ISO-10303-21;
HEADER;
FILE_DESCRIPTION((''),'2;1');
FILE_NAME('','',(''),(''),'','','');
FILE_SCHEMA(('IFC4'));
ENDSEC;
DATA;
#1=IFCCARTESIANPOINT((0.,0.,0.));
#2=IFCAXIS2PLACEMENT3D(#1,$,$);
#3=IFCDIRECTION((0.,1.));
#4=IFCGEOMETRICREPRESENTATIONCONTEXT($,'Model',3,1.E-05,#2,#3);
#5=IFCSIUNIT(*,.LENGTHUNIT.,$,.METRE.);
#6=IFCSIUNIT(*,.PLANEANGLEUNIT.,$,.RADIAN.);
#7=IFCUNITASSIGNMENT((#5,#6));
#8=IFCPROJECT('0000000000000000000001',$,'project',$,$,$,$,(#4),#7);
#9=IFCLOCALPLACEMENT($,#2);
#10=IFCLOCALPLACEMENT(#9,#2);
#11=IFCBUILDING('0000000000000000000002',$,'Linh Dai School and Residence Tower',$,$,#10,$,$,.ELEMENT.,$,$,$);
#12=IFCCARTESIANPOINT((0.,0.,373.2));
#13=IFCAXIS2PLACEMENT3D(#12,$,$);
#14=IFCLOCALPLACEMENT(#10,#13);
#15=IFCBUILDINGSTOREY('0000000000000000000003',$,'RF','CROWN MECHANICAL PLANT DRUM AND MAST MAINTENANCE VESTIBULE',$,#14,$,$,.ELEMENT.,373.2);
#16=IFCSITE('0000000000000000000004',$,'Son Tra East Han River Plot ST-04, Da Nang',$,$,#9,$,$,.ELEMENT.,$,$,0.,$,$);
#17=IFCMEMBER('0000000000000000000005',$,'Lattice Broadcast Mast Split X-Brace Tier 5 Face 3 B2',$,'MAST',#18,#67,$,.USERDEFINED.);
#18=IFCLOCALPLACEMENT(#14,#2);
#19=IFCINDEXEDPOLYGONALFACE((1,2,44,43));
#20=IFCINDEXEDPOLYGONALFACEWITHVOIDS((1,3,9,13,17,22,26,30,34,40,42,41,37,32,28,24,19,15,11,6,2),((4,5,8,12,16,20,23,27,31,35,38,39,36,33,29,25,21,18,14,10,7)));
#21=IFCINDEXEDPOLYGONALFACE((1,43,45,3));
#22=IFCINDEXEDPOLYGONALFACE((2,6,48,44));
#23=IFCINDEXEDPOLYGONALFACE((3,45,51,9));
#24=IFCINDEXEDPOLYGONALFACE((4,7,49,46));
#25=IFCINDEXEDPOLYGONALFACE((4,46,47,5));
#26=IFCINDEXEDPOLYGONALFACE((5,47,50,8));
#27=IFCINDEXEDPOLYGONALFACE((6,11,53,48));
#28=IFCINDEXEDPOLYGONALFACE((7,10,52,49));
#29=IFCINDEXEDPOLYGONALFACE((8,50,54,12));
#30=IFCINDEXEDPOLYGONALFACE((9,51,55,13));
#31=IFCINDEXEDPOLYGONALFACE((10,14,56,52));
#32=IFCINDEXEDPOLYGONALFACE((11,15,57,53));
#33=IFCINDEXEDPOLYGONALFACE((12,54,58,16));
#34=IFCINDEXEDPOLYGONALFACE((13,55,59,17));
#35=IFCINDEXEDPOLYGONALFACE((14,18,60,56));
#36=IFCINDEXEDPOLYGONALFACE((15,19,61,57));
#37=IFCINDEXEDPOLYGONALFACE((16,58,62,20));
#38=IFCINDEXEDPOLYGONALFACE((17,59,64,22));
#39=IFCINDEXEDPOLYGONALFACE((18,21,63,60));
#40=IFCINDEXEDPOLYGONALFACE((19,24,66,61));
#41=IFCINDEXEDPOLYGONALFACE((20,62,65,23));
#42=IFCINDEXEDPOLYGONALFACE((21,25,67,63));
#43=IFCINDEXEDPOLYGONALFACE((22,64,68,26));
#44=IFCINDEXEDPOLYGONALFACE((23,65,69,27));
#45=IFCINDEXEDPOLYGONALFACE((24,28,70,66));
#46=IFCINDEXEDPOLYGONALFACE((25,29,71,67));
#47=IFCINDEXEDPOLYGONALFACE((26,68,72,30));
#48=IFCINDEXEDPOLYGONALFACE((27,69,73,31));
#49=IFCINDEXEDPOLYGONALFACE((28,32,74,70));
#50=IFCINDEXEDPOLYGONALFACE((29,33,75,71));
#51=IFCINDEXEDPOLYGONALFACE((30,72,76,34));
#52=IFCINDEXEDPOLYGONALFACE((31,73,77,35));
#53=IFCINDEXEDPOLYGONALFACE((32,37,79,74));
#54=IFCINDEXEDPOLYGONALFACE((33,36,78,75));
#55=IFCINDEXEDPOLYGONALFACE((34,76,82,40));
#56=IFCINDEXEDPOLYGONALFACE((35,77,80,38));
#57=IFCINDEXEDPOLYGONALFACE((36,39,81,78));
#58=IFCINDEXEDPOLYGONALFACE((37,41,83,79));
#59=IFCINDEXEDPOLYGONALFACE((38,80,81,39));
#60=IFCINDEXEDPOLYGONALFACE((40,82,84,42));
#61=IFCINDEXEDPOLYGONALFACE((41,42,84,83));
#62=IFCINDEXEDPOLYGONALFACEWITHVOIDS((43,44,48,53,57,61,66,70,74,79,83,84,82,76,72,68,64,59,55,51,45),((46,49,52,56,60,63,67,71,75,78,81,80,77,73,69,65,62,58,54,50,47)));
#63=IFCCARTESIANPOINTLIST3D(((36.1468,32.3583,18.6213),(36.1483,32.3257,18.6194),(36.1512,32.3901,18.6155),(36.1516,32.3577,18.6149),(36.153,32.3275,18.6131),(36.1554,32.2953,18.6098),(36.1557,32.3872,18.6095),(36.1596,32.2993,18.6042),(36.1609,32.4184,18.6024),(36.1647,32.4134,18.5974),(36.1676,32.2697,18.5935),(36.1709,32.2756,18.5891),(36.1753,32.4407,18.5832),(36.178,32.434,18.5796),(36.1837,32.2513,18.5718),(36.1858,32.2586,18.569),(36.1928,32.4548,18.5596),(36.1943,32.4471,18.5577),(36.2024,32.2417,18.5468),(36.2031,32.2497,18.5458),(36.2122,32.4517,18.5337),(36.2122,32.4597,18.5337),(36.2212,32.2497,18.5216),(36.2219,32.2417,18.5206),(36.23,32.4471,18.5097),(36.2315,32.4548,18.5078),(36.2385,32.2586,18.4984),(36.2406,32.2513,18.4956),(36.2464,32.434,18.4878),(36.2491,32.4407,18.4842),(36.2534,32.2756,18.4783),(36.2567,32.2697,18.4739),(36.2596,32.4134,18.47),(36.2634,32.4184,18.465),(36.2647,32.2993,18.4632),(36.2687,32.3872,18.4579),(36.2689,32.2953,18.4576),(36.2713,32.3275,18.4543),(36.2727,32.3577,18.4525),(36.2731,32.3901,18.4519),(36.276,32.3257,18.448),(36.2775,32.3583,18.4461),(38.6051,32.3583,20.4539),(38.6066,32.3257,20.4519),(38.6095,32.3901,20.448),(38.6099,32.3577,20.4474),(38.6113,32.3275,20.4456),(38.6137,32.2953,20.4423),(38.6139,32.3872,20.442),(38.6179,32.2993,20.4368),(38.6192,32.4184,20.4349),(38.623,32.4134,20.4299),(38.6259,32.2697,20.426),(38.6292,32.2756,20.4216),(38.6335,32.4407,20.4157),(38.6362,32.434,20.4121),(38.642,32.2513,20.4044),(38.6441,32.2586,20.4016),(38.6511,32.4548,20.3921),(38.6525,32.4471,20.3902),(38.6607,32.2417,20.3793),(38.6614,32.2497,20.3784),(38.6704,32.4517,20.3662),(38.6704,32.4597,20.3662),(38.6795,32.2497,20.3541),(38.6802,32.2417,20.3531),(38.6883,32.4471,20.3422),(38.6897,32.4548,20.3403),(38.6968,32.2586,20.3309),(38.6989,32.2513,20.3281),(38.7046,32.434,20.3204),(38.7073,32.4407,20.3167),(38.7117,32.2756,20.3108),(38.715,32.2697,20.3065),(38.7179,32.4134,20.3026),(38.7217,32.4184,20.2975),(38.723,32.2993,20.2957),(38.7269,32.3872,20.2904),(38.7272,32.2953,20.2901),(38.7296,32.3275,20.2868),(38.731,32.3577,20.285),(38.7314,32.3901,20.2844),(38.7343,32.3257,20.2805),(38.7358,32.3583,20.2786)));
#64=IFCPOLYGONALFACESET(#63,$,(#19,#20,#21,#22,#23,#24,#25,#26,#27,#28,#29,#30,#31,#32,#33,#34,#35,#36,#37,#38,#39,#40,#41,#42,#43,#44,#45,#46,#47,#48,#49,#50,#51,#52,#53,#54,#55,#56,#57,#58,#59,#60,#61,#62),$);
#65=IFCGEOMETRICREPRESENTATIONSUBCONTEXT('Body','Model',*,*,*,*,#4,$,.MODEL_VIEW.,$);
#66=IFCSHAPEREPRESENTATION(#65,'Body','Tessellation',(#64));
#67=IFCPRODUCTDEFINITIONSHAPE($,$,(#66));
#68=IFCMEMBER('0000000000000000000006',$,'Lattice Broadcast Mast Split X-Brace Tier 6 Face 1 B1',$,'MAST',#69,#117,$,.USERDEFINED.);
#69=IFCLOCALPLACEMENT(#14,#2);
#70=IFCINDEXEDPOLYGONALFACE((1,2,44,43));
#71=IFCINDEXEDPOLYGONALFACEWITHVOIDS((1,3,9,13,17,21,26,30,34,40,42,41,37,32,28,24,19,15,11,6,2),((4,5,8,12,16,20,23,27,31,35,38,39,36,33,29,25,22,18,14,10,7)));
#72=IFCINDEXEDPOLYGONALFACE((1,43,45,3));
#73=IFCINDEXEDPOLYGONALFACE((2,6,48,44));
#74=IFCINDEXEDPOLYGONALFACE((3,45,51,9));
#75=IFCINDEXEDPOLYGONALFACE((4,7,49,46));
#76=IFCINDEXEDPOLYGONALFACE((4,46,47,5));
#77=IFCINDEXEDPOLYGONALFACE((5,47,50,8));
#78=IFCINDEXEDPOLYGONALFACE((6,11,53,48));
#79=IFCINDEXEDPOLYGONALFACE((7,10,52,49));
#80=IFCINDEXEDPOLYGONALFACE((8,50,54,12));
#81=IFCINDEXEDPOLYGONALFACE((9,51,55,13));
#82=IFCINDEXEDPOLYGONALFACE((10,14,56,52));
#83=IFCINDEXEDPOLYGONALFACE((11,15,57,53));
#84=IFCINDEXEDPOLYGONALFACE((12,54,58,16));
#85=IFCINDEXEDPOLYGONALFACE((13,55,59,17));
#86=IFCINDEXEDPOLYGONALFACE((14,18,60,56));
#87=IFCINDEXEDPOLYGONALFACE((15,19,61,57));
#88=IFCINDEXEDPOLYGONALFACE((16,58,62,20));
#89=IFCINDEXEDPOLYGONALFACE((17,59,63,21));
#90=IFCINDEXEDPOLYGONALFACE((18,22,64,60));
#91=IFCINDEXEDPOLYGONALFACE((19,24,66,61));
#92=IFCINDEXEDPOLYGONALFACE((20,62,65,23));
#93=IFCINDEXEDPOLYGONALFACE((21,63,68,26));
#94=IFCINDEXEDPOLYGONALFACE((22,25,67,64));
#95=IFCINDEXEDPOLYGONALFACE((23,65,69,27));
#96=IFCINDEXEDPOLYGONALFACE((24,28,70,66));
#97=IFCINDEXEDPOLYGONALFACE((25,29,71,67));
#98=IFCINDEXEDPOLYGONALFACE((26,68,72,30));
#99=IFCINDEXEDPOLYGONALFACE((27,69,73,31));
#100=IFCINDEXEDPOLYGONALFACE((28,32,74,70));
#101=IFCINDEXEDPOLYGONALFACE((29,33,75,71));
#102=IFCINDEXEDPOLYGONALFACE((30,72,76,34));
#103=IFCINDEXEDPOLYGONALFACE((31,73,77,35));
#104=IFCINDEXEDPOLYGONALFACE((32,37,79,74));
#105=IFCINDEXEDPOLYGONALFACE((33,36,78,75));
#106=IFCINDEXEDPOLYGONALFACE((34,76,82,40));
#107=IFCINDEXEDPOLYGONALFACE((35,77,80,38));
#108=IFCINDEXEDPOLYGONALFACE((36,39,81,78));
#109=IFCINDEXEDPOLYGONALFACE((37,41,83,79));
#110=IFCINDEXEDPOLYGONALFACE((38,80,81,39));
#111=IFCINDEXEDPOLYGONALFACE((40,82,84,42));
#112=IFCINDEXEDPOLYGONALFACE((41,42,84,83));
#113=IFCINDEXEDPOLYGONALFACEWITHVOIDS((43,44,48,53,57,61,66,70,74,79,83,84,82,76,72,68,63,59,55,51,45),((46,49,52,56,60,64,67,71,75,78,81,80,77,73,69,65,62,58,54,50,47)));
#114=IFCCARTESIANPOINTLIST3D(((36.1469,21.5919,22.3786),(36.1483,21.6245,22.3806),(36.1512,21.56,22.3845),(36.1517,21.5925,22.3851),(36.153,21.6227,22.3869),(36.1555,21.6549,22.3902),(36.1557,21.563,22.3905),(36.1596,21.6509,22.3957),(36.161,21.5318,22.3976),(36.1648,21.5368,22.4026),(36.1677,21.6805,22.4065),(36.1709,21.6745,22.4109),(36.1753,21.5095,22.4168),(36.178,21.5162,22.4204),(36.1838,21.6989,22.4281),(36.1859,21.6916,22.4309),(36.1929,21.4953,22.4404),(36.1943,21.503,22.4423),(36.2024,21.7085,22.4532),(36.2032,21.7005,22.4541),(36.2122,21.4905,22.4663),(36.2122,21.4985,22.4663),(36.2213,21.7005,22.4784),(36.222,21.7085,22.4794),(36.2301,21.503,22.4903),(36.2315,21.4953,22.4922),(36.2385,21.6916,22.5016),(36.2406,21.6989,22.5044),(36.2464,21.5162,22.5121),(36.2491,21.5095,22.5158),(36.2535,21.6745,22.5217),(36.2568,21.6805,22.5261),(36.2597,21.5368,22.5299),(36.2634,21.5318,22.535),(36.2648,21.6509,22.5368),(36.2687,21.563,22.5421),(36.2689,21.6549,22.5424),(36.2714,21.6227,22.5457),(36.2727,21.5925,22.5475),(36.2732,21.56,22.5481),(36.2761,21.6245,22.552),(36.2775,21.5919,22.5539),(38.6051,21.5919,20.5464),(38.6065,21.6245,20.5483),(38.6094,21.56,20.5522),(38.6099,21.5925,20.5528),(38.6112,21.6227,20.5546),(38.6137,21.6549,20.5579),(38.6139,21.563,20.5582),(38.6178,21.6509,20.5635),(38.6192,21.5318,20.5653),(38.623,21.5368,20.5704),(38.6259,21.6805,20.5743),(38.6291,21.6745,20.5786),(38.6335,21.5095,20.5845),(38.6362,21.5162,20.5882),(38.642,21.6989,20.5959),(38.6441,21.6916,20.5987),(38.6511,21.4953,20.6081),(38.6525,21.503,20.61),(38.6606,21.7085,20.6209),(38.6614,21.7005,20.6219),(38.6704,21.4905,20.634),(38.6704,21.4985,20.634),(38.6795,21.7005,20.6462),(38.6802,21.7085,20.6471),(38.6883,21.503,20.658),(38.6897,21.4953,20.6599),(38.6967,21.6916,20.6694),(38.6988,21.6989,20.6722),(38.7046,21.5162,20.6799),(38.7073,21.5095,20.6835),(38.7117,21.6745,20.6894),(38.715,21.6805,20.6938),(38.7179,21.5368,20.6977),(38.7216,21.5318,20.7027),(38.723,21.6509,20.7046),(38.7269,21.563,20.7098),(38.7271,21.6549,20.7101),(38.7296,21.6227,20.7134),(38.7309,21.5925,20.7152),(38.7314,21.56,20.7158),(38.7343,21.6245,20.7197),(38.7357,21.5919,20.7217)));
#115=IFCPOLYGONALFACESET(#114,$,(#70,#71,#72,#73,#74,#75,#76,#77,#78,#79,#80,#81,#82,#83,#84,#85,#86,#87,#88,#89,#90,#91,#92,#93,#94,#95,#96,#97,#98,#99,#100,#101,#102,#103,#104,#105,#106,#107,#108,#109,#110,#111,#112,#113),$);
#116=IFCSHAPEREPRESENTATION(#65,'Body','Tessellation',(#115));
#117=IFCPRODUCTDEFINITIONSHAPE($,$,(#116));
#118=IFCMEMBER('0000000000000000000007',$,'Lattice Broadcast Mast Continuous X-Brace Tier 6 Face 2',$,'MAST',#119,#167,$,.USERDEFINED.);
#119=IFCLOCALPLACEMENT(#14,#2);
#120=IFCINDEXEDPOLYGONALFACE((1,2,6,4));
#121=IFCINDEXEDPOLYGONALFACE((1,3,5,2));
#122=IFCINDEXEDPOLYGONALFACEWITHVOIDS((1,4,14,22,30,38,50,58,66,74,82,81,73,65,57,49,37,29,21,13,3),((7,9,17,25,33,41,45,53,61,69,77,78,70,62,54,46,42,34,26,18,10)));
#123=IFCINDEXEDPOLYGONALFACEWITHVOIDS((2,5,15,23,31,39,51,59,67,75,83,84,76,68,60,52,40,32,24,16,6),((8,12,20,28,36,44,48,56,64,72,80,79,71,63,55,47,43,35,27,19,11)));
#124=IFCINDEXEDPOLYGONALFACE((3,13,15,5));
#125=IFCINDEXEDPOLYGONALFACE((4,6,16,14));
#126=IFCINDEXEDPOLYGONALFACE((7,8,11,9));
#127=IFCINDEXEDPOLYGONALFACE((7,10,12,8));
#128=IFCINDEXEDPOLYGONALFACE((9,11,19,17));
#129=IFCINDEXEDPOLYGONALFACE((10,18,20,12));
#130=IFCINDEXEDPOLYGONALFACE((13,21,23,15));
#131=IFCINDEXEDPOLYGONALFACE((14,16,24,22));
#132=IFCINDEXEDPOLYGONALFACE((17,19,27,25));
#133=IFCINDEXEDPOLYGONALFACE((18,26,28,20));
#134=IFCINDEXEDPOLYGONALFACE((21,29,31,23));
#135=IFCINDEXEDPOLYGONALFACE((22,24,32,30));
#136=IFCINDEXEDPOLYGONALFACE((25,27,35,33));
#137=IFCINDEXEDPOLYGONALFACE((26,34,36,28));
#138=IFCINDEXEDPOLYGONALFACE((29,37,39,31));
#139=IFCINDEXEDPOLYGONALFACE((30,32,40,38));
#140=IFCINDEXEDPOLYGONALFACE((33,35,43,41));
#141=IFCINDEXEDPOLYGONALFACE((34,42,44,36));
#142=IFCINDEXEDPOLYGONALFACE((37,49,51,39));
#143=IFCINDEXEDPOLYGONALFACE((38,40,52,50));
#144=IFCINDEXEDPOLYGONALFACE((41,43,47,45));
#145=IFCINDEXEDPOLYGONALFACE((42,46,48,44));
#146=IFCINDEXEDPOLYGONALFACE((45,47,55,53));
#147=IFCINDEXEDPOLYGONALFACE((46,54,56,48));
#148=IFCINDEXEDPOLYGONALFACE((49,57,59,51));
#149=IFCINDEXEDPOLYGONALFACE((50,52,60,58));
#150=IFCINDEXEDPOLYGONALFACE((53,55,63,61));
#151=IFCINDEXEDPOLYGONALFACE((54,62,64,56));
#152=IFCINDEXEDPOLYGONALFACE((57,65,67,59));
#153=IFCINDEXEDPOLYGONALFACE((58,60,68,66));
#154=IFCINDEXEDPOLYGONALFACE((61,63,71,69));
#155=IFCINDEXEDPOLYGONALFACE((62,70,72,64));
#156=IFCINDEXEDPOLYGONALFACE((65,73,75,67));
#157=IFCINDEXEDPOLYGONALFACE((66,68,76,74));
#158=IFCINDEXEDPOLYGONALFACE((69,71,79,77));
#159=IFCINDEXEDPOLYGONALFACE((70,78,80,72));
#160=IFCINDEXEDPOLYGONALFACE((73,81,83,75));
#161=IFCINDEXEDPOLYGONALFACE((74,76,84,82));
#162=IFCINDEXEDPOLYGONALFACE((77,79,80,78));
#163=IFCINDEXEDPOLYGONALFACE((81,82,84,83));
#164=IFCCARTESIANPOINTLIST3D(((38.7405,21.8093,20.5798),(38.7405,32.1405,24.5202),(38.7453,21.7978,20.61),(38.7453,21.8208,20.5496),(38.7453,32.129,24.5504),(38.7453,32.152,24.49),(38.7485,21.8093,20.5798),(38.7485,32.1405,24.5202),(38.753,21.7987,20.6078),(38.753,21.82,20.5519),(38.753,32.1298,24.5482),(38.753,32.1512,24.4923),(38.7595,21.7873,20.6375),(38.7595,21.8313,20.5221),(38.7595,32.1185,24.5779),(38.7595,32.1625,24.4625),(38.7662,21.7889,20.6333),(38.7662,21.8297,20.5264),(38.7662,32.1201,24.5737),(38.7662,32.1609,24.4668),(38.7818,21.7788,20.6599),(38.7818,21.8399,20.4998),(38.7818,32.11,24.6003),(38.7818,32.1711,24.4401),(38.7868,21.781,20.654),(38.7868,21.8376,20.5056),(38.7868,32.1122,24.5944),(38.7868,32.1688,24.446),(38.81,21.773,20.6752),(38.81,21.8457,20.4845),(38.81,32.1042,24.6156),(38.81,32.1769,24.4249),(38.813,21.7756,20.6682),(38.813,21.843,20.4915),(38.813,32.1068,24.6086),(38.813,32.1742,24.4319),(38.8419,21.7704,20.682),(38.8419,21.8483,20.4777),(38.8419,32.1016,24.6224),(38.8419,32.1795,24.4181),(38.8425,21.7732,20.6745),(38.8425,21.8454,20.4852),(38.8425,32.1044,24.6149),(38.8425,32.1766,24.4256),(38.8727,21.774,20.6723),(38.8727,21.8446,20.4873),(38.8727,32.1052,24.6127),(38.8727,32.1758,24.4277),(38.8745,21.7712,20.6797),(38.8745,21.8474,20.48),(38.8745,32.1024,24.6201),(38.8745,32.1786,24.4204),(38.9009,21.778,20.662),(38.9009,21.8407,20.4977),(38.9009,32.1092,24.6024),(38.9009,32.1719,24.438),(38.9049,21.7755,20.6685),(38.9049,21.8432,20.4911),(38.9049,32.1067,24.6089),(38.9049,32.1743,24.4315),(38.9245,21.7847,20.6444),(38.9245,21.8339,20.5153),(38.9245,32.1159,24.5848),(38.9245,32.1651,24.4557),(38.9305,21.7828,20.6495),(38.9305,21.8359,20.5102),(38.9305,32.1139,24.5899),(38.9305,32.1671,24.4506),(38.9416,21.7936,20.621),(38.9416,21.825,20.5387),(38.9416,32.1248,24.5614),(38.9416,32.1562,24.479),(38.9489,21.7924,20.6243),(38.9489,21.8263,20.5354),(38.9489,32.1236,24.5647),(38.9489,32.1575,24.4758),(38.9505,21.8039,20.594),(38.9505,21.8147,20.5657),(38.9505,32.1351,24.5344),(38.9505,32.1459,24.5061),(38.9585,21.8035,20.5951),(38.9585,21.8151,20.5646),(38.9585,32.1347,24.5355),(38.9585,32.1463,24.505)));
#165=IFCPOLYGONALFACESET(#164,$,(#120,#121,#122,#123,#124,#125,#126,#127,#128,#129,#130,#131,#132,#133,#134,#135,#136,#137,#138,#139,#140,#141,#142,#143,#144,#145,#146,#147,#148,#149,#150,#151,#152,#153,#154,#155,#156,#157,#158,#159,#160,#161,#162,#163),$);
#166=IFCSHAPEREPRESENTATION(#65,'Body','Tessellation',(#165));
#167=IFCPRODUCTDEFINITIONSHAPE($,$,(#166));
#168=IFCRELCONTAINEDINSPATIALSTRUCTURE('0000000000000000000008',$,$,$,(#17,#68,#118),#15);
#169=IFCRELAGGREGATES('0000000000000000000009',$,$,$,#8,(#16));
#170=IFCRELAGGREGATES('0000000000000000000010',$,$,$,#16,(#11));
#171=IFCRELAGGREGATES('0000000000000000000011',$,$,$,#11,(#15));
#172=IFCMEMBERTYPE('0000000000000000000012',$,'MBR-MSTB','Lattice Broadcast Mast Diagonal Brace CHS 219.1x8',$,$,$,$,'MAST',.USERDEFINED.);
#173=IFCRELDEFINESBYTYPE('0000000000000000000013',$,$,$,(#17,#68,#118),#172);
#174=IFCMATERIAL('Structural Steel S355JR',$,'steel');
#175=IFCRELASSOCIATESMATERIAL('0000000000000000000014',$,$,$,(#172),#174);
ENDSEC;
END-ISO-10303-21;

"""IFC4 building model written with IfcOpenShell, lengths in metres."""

from ifc_helpers import new_model, si_unit, direction, frame, origin, origin_2d, place, context, subcontext, project, spatial, hollow_circle, extrude, material, material_profile, profile_set, type_object, element, save


model = new_model("IFC4")

# Units and contexts
model_context = context("Model", 3, precision=1e-05, world=origin(), true_north=direction((0.0, 1.0)))
body_context = subcontext(model_context, "Body", "Model", "MODEL_VIEW")
ifc_project = project(units=[si_unit("LENGTHUNIT", "METRE"), si_unit("PLANEANGLEUNIT", "RADIAN")], contexts=[model_context])

# Site, building, storey
site_placement = place(None, origin())
site = spatial("IfcSite", under=ifc_project, at=site_placement, Name="Son Tra East Han River Plot ST-04, Da Nang", CompositionType="ELEMENT", RefElevation=0.0)
building_placement = place(site_placement, origin())
building = spatial("IfcBuilding", under=site, at=building_placement, Name="Linh Dai School and Residence Tower", CompositionType="ELEMENT")
storey_placement = place(building_placement, frame((0.0, 0.0, 373.2)))
storey = spatial("IfcBuildingStorey", under=building, at=storey_placement, Name="RF", Description="CROWN MECHANICAL PLANT DRUM AND MAST MAINTENANCE VESTIBULE", CompositionType="ELEMENT", Elevation=373.2)

# Shared definitions
ifc_material = material(Name="Structural Steel S355JR", Category="steel")

# Members
ifc_material_profile_1 = material_profile(ifc_material, hollow_circle(Radius=0.1096, WallThickness=0.0081, at=origin_2d()), Name="CHS 219.1x8")
ifc_profile_set_1 = profile_set([ifc_material_profile_1], Name="Structural Steel S355JR")
member_type = type_object("IfcMemberType", Name="MBR-MSTB", Description="Lattice Broadcast Mast Diagonal Brace CHS 219.1x8", ElementType="MAST", PredefinedType="USERDEFINED", material=ifc_profile_set_1)
member_1_placement = place(storey_placement, frame((36.2122, 32.3501, 18.5337), z_axis=(0.801745, 0.0, 0.597666), x_axis=(0.0, 1.0, 0.0)))
element("IfcMember", 1, at=member_1_placement, inside=storey, type_object=member_type, Name="Lattice Broadcast Mast Split X-Brace Tier 5 Face 3 B2", ObjectType="MAST", PredefinedType="USERDEFINED", context=body_context, shape_type="SweptSolid", body=[
    extrude(hollow_circle(Radius=0.1096, WallThickness=0.0081, at=origin_2d()), origin(), (0.0, 0.0, 1.0), 3.0662),
])
member_2_placement = place(storey_placement, frame((38.6704, 21.6001, 20.634), z_axis=(-0.801783, 0.0, 0.597615), x_axis=(0.0, -1.0, 0.0)))
element("IfcMember", 2, at=member_2_placement, inside=storey, type_object=member_type, Name="Lattice Broadcast Mast Split X-Brace Tier 6 Face 1 B1", ObjectType="MAST", PredefinedType="USERDEFINED", context=body_context, shape_type="SweptSolid", body=[
    extrude(hollow_circle(Radius=0.1096, WallThickness=0.0081, at=origin_2d()), origin(), (0.0, 0.0, 1.0), 3.0659),
])
member_3_placement = place(storey_placement, frame((38.8501, 21.8093, 20.5798), z_axis=(0.0, 0.934346, 0.356366), x_axis=(-1.0, 0.0, 0.0)))
element("IfcMember", 3, at=member_3_placement, inside=storey, type_object=member_type, Name="Lattice Broadcast Mast Continuous X-Brace Tier 6 Face 2", ObjectType="MAST", PredefinedType="USERDEFINED", context=body_context, shape_type="SweptSolid", body=[
    extrude(hollow_circle(Radius=0.1096, WallThickness=0.0081, at=origin_2d()), origin(), (0.0, 0.0, 1.0), 11.0571),
])

save(model, "model.ifc")
